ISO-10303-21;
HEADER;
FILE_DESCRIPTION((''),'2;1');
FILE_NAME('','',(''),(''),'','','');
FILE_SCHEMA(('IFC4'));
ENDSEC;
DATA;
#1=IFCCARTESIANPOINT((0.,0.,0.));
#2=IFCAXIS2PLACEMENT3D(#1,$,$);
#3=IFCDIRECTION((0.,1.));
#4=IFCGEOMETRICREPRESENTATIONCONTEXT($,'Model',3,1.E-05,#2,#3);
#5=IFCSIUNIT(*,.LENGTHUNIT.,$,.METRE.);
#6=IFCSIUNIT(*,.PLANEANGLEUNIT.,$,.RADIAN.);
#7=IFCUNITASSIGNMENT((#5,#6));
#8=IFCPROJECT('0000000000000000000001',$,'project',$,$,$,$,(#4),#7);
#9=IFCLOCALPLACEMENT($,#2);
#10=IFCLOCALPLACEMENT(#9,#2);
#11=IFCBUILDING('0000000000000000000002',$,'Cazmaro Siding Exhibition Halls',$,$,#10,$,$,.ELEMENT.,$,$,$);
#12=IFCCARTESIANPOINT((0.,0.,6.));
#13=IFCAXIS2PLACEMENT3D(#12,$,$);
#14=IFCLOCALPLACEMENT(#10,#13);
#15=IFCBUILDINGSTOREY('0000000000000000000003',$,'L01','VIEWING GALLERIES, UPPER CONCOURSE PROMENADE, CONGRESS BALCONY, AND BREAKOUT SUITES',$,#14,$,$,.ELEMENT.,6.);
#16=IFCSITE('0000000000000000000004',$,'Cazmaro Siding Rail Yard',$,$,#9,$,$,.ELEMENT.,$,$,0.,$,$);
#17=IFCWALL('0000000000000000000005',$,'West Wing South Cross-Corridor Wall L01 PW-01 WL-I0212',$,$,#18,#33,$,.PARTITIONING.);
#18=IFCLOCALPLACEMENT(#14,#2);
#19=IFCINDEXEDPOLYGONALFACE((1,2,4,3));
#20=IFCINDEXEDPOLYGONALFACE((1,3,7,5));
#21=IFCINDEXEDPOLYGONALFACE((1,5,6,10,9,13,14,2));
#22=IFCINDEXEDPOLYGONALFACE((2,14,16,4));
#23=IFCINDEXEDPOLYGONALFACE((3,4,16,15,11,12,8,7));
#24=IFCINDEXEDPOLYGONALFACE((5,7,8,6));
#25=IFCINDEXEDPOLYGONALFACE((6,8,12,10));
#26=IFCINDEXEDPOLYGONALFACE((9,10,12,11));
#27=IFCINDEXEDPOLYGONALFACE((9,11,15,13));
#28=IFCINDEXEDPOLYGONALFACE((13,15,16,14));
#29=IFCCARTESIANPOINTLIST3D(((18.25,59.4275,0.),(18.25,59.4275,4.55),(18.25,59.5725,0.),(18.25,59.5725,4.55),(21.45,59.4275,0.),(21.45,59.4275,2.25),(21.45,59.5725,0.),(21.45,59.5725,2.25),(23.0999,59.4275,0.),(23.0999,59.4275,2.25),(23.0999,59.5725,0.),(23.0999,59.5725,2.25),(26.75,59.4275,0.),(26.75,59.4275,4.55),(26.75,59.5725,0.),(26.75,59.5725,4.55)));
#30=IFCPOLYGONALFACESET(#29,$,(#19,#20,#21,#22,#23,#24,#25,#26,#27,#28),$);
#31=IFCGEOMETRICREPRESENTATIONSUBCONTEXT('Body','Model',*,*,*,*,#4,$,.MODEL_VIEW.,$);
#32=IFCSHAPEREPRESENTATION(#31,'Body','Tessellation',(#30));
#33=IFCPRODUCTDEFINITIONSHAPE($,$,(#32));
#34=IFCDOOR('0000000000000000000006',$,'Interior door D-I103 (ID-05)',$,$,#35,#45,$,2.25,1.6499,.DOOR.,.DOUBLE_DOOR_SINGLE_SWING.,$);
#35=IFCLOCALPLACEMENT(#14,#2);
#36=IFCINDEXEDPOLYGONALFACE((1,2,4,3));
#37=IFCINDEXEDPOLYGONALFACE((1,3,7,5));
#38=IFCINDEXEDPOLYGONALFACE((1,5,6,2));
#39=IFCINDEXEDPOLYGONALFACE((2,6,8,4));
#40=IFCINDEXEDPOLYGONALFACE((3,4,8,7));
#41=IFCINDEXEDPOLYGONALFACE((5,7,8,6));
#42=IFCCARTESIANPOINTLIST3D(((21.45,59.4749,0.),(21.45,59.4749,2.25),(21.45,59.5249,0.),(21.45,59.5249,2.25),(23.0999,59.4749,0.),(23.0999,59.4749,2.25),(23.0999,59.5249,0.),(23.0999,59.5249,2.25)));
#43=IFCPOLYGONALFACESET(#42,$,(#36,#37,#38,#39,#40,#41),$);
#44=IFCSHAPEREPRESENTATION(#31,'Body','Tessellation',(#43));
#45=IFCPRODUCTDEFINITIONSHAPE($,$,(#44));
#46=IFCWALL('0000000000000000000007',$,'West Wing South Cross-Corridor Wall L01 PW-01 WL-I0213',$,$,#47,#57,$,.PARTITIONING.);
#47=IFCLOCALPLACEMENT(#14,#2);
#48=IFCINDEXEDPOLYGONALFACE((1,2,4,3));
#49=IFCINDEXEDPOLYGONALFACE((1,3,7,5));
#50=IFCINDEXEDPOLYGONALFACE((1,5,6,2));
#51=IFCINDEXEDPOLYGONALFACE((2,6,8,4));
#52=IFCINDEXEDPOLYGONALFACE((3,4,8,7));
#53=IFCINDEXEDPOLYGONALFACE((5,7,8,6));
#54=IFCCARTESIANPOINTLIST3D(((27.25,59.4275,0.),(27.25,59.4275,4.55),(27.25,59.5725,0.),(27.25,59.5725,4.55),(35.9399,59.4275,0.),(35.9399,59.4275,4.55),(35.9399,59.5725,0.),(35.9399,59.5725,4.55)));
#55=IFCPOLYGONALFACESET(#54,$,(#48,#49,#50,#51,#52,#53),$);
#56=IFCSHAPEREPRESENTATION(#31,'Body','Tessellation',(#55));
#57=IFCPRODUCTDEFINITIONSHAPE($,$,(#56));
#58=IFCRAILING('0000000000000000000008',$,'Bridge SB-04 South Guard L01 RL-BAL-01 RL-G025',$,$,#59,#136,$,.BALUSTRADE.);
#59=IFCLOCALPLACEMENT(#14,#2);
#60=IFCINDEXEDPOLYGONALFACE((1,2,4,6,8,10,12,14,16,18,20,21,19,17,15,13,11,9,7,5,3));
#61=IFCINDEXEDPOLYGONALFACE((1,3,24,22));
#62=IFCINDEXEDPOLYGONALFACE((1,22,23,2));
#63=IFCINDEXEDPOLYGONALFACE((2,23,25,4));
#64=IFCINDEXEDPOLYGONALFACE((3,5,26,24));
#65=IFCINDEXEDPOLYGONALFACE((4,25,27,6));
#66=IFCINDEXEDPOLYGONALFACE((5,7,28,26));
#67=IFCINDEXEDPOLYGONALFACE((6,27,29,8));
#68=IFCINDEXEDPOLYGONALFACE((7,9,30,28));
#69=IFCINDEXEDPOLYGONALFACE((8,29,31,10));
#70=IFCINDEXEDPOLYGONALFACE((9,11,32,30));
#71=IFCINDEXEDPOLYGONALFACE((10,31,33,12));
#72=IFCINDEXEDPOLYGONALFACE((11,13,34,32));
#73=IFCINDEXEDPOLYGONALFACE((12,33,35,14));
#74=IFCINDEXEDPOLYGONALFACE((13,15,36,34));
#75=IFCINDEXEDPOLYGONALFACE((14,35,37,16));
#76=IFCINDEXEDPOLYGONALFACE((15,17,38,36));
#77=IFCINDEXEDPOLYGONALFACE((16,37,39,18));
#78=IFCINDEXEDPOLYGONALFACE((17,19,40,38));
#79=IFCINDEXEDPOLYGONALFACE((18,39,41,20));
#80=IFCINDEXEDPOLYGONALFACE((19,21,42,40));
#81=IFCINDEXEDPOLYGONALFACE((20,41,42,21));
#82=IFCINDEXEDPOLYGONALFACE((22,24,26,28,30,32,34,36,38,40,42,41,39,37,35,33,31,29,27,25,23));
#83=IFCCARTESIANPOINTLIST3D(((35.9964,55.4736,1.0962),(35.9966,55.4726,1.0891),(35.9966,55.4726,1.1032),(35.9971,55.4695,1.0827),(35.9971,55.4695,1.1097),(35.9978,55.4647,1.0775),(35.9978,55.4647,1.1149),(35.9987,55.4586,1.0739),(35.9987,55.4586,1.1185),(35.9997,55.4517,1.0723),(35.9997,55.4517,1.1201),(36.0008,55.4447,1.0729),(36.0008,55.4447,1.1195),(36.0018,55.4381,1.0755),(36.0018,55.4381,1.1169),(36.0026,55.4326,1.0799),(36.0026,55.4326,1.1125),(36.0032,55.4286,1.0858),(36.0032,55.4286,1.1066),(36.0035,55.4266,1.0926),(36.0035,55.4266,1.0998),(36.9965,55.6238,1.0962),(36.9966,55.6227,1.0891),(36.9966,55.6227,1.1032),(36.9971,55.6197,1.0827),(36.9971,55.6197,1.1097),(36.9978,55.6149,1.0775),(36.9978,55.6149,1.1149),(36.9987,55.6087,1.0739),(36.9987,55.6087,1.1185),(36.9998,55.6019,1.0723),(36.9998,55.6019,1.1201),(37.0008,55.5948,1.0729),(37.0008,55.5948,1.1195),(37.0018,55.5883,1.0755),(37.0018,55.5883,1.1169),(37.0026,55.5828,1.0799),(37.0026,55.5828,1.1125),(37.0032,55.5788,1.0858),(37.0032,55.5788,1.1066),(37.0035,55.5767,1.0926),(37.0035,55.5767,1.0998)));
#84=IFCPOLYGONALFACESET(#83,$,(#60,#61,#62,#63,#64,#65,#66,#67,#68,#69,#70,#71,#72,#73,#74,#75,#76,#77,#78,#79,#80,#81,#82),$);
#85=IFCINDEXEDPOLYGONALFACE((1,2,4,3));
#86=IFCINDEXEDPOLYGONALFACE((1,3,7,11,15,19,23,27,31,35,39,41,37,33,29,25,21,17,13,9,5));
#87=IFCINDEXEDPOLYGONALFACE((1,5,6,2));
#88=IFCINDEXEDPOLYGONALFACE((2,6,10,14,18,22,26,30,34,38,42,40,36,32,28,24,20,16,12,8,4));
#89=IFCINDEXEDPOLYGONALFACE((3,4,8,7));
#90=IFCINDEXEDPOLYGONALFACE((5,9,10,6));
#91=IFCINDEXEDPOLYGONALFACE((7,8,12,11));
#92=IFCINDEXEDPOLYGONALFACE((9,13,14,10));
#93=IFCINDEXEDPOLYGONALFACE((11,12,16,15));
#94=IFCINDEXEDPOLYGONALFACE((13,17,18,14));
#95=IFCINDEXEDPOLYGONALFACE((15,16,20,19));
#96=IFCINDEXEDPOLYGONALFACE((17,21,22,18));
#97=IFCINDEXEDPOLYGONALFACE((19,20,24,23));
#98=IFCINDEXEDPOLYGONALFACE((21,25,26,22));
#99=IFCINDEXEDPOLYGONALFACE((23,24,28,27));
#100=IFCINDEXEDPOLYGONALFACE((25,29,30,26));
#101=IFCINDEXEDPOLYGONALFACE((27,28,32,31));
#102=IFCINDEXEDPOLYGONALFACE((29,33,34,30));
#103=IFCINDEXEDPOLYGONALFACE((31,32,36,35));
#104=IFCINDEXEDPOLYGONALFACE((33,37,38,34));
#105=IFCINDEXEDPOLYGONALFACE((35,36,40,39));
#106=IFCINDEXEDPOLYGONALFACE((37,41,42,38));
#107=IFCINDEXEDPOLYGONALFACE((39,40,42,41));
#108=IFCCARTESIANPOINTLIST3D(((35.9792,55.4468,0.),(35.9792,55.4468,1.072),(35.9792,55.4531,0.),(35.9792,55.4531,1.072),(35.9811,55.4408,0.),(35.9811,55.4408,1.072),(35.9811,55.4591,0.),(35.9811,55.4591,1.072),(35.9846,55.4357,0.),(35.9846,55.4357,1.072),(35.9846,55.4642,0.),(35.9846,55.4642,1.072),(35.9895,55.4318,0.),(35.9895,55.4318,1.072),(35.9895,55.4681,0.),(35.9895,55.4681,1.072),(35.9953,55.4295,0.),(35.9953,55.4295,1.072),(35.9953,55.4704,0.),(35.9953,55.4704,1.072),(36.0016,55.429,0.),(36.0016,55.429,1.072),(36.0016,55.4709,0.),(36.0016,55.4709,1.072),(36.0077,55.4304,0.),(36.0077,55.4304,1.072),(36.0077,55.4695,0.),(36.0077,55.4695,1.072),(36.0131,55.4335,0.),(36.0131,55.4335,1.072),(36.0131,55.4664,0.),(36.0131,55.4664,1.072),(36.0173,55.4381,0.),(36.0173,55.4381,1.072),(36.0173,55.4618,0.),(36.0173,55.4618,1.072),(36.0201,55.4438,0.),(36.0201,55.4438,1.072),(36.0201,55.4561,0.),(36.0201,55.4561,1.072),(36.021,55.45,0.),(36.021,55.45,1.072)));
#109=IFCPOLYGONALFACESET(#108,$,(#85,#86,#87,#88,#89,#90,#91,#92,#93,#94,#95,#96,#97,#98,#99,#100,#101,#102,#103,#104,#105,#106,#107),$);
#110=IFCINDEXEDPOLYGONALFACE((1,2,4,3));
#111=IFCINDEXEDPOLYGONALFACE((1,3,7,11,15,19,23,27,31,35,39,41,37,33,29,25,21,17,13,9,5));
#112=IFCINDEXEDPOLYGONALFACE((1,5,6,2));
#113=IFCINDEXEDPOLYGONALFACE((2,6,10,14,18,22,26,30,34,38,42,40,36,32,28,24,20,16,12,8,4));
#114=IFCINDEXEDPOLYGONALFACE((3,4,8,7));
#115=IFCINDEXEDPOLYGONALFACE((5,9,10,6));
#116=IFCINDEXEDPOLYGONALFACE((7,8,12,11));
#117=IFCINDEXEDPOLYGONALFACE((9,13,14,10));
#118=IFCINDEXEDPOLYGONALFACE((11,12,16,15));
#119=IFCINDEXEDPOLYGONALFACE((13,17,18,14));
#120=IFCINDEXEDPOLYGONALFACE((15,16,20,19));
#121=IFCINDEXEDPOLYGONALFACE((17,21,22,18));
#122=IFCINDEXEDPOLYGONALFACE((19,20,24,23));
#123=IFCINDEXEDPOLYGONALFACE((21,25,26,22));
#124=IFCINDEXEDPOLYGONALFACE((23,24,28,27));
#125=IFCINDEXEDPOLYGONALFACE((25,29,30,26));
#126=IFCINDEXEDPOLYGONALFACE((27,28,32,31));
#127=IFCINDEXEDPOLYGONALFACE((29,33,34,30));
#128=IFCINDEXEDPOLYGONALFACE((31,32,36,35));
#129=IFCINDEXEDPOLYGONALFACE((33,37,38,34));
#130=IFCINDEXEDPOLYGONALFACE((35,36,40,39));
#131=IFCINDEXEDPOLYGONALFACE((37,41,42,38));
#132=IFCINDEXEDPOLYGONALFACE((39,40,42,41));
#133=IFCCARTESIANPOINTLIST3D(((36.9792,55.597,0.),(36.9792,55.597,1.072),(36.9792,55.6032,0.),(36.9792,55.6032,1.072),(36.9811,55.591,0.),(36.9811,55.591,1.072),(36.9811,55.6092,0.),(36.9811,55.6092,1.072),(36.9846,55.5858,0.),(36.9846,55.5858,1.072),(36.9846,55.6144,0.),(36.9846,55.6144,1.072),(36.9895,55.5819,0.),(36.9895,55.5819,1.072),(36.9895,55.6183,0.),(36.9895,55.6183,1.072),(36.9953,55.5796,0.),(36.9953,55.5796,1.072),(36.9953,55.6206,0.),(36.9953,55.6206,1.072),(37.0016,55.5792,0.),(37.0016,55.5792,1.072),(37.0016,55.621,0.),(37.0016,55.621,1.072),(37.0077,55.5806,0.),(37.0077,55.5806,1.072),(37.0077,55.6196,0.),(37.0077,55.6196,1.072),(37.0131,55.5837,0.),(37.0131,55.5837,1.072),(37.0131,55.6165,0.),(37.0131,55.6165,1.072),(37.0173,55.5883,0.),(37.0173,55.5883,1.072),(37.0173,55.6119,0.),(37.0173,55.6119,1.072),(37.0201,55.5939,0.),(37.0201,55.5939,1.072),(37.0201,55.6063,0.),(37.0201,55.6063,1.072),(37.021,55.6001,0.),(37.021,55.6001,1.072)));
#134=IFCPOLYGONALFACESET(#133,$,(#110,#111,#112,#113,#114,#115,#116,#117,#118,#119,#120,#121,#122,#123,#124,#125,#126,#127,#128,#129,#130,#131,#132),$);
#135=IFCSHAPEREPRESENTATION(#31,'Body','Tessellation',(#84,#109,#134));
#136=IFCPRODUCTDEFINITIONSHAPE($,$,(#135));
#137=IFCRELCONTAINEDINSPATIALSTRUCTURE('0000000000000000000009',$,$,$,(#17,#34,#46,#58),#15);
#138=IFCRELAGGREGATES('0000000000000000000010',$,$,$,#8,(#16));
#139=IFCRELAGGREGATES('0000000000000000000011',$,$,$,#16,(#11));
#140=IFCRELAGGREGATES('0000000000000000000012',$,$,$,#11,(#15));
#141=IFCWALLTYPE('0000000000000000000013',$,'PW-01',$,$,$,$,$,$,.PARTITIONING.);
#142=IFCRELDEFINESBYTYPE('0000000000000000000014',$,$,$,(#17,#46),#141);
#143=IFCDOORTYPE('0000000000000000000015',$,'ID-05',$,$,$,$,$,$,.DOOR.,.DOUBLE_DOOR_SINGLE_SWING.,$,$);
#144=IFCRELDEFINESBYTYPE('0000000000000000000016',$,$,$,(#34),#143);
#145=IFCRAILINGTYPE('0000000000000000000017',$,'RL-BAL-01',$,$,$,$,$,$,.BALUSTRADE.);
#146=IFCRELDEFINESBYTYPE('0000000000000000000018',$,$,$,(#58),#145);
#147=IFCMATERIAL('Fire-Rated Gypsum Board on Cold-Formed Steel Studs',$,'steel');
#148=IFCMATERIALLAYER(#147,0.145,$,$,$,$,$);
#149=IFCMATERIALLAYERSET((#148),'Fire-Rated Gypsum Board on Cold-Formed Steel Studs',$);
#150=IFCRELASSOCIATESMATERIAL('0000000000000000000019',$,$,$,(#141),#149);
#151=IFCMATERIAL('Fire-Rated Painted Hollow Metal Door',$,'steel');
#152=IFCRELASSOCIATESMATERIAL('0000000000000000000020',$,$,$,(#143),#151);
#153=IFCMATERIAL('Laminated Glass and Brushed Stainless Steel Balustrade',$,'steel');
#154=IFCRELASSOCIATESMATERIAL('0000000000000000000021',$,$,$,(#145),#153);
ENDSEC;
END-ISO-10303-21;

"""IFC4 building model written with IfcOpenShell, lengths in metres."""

from ifc_helpers import new_model, si_unit, direction, frame, frame_2d, origin, origin_2d, place, context, subcontext, project, spatial, rectangle, circle, extrude, material, layer, layer_set, type_object, element, fill, save


model = new_model("IFC4")

# Units and contexts
model_context = context("Model", 3, precision=1e-05, world=origin(), true_north=direction((0.0, 1.0)))
body_context = subcontext(model_context, "Body", "Model", "MODEL_VIEW")
ifc_project = project(units=[si_unit("LENGTHUNIT", "METRE"), si_unit("PLANEANGLEUNIT", "RADIAN")], contexts=[model_context])

# Site, building, storey
site_placement = place(None, origin())
site = spatial("IfcSite", under=ifc_project, at=site_placement, Name="Cazmaro Siding Rail Yard", CompositionType="ELEMENT", RefElevation=0.0)
building_placement = place(site_placement, origin())
building = spatial("IfcBuilding", under=site, at=building_placement, Name="Cazmaro Siding Exhibition Halls", CompositionType="ELEMENT")
storey_placement = place(building_placement, frame((0.0, 0.0, 6.0)))
storey = spatial("IfcBuildingStorey", under=building, at=storey_placement, Name="L01", Description="VIEWING GALLERIES, UPPER CONCOURSE PROMENADE, CONGRESS BALCONY, AND BREAKOUT SUITES", CompositionType="ELEMENT", Elevation=6.0)

# Wall, opening, door
ifc_material_1 = material(Name="Fire-Rated Gypsum Board on Cold-Formed Steel Studs", Category="steel")
ifc_layer_1 = layer(ifc_material_1, 0.145)
ifc_layer_set_1 = layer_set([ifc_layer_1], Name="Fire-Rated Gypsum Board on Cold-Formed Steel Studs")
wall_type_1 = type_object("IfcWallType", Name="PW-01", PredefinedType="PARTITIONING", material=ifc_layer_set_1)
wall_1_placement = place(storey_placement, frame((18.25, 59.5, 0.0), z_axis=(0.0, 0.0, 1.0), x_axis=(1.0, 0.0, 0.0)))
wall_1 = element("IfcWall", 1, at=wall_1_placement, inside=storey, type_object=wall_type_1, Name="West Wing South Cross-Corridor Wall L01 PW-01 WL-I0212", PredefinedType="PARTITIONING", context=body_context, shape_type="SweptSolid", body=[
    extrude(rectangle(XDim=8.5, YDim=0.145, at=frame_2d((4.25, 0.0))), origin(), (0.0, 0.0, 1.0), 4.55),
])
opening_placement = place(wall_1_placement, frame((3.2, 0.0, 0.0)))
opening = element("IfcOpeningElement", 2, at=opening_placement, cuts=wall_1, PredefinedType="OPENING", context=body_context, shape_type="SweptSolid", body=[
    extrude(rectangle(XDim=1.6499, YDim=2.25, at=frame_2d((0.825, 1.125))), frame((0.0, 0.0825, 0.0), z_axis=(0.0, -1.0, 0.0), x_axis=(1.0, 0.0, 0.0)), (0.0, 0.0, 1.0), 0.165),
])
ifc_material_2 = material(Name="Fire-Rated Painted Hollow Metal Door", Category="steel")
door_type = type_object("IfcDoorType", Name="ID-05", OperationType="DOUBLE_DOOR_SINGLE_SWING", PredefinedType="DOOR", material=ifc_material_2)
door_placement = place(opening_placement, origin())
door = element("IfcDoor", 3, at=door_placement, inside=storey, type_object=door_type, Name="Interior door D-I103 (ID-05)", OperationType="DOUBLE_DOOR_SINGLE_SWING", OverallHeight=2.25, OverallWidth=1.6499, PredefinedType="DOOR", context=body_context, shape_type="SweptSolid", body=[
    extrude(rectangle(XDim=1.6499, YDim=2.25, at=frame_2d((0.825, 1.125))), frame((0.0, 0.0249, 0.0), z_axis=(0.0, -1.0, 0.0), x_axis=(1.0, 0.0, 0.0)), (0.0, 0.0, 1.0), 0.05),
])
fill(opening, door)

# Wall
wall_2_placement = place(storey_placement, frame((27.25, 59.5, 0.0), z_axis=(0.0, 0.0, 1.0), x_axis=(1.0, 0.0, 0.0)))
element("IfcWall", 4, at=wall_2_placement, inside=storey, type_object=wall_type_1, Name="West Wing South Cross-Corridor Wall L01 PW-01 WL-I0213", PredefinedType="PARTITIONING", context=body_context, shape_type="SweptSolid", body=[
    extrude(rectangle(XDim=8.6899, YDim=0.145, at=frame_2d((4.345, 0.0))), origin(), (0.0, 0.0, 1.0), 4.55),
])

# Railing
ifc_material_3 = material(Name="Laminated Glass and Brushed Stainless Steel Balustrade", Category="steel")
railing_type = type_object("IfcRailingType", Name="RL-BAL-01", PredefinedType="BALUSTRADE", material=ifc_material_3)
railing_1_placement = place(storey_placement, frame((36.0, 55.45, 0.0)))
element("IfcRailing", 5, at=railing_1_placement, inside=storey, type_object=railing_type, Name="Bridge SB-04 South Guard L01 RL-BAL-01 RL-G025", PredefinedType="BALUSTRADE", context=body_context, shape_type="SweptSolid", body=[
    extrude(circle(Radius=0.0239, at=origin_2d()), frame((0.0, 0.0, 1.0962), z_axis=(0.988915, 0.148482, 0.0), x_axis=(-0.148482, 0.988915, 0.0)), (0.0, 0.0, 1.0), 1.0112),
    extrude(circle(Radius=0.021, at=origin_2d()), origin(), (0.0, 0.0, 1.0), 1.072),
    extrude(circle(Radius=0.021, at=origin_2d()), frame((1.0, 0.1501, 0.0)), (0.0, 0.0, 1.0), 1.072),
])

save(model, "model.ifc")
